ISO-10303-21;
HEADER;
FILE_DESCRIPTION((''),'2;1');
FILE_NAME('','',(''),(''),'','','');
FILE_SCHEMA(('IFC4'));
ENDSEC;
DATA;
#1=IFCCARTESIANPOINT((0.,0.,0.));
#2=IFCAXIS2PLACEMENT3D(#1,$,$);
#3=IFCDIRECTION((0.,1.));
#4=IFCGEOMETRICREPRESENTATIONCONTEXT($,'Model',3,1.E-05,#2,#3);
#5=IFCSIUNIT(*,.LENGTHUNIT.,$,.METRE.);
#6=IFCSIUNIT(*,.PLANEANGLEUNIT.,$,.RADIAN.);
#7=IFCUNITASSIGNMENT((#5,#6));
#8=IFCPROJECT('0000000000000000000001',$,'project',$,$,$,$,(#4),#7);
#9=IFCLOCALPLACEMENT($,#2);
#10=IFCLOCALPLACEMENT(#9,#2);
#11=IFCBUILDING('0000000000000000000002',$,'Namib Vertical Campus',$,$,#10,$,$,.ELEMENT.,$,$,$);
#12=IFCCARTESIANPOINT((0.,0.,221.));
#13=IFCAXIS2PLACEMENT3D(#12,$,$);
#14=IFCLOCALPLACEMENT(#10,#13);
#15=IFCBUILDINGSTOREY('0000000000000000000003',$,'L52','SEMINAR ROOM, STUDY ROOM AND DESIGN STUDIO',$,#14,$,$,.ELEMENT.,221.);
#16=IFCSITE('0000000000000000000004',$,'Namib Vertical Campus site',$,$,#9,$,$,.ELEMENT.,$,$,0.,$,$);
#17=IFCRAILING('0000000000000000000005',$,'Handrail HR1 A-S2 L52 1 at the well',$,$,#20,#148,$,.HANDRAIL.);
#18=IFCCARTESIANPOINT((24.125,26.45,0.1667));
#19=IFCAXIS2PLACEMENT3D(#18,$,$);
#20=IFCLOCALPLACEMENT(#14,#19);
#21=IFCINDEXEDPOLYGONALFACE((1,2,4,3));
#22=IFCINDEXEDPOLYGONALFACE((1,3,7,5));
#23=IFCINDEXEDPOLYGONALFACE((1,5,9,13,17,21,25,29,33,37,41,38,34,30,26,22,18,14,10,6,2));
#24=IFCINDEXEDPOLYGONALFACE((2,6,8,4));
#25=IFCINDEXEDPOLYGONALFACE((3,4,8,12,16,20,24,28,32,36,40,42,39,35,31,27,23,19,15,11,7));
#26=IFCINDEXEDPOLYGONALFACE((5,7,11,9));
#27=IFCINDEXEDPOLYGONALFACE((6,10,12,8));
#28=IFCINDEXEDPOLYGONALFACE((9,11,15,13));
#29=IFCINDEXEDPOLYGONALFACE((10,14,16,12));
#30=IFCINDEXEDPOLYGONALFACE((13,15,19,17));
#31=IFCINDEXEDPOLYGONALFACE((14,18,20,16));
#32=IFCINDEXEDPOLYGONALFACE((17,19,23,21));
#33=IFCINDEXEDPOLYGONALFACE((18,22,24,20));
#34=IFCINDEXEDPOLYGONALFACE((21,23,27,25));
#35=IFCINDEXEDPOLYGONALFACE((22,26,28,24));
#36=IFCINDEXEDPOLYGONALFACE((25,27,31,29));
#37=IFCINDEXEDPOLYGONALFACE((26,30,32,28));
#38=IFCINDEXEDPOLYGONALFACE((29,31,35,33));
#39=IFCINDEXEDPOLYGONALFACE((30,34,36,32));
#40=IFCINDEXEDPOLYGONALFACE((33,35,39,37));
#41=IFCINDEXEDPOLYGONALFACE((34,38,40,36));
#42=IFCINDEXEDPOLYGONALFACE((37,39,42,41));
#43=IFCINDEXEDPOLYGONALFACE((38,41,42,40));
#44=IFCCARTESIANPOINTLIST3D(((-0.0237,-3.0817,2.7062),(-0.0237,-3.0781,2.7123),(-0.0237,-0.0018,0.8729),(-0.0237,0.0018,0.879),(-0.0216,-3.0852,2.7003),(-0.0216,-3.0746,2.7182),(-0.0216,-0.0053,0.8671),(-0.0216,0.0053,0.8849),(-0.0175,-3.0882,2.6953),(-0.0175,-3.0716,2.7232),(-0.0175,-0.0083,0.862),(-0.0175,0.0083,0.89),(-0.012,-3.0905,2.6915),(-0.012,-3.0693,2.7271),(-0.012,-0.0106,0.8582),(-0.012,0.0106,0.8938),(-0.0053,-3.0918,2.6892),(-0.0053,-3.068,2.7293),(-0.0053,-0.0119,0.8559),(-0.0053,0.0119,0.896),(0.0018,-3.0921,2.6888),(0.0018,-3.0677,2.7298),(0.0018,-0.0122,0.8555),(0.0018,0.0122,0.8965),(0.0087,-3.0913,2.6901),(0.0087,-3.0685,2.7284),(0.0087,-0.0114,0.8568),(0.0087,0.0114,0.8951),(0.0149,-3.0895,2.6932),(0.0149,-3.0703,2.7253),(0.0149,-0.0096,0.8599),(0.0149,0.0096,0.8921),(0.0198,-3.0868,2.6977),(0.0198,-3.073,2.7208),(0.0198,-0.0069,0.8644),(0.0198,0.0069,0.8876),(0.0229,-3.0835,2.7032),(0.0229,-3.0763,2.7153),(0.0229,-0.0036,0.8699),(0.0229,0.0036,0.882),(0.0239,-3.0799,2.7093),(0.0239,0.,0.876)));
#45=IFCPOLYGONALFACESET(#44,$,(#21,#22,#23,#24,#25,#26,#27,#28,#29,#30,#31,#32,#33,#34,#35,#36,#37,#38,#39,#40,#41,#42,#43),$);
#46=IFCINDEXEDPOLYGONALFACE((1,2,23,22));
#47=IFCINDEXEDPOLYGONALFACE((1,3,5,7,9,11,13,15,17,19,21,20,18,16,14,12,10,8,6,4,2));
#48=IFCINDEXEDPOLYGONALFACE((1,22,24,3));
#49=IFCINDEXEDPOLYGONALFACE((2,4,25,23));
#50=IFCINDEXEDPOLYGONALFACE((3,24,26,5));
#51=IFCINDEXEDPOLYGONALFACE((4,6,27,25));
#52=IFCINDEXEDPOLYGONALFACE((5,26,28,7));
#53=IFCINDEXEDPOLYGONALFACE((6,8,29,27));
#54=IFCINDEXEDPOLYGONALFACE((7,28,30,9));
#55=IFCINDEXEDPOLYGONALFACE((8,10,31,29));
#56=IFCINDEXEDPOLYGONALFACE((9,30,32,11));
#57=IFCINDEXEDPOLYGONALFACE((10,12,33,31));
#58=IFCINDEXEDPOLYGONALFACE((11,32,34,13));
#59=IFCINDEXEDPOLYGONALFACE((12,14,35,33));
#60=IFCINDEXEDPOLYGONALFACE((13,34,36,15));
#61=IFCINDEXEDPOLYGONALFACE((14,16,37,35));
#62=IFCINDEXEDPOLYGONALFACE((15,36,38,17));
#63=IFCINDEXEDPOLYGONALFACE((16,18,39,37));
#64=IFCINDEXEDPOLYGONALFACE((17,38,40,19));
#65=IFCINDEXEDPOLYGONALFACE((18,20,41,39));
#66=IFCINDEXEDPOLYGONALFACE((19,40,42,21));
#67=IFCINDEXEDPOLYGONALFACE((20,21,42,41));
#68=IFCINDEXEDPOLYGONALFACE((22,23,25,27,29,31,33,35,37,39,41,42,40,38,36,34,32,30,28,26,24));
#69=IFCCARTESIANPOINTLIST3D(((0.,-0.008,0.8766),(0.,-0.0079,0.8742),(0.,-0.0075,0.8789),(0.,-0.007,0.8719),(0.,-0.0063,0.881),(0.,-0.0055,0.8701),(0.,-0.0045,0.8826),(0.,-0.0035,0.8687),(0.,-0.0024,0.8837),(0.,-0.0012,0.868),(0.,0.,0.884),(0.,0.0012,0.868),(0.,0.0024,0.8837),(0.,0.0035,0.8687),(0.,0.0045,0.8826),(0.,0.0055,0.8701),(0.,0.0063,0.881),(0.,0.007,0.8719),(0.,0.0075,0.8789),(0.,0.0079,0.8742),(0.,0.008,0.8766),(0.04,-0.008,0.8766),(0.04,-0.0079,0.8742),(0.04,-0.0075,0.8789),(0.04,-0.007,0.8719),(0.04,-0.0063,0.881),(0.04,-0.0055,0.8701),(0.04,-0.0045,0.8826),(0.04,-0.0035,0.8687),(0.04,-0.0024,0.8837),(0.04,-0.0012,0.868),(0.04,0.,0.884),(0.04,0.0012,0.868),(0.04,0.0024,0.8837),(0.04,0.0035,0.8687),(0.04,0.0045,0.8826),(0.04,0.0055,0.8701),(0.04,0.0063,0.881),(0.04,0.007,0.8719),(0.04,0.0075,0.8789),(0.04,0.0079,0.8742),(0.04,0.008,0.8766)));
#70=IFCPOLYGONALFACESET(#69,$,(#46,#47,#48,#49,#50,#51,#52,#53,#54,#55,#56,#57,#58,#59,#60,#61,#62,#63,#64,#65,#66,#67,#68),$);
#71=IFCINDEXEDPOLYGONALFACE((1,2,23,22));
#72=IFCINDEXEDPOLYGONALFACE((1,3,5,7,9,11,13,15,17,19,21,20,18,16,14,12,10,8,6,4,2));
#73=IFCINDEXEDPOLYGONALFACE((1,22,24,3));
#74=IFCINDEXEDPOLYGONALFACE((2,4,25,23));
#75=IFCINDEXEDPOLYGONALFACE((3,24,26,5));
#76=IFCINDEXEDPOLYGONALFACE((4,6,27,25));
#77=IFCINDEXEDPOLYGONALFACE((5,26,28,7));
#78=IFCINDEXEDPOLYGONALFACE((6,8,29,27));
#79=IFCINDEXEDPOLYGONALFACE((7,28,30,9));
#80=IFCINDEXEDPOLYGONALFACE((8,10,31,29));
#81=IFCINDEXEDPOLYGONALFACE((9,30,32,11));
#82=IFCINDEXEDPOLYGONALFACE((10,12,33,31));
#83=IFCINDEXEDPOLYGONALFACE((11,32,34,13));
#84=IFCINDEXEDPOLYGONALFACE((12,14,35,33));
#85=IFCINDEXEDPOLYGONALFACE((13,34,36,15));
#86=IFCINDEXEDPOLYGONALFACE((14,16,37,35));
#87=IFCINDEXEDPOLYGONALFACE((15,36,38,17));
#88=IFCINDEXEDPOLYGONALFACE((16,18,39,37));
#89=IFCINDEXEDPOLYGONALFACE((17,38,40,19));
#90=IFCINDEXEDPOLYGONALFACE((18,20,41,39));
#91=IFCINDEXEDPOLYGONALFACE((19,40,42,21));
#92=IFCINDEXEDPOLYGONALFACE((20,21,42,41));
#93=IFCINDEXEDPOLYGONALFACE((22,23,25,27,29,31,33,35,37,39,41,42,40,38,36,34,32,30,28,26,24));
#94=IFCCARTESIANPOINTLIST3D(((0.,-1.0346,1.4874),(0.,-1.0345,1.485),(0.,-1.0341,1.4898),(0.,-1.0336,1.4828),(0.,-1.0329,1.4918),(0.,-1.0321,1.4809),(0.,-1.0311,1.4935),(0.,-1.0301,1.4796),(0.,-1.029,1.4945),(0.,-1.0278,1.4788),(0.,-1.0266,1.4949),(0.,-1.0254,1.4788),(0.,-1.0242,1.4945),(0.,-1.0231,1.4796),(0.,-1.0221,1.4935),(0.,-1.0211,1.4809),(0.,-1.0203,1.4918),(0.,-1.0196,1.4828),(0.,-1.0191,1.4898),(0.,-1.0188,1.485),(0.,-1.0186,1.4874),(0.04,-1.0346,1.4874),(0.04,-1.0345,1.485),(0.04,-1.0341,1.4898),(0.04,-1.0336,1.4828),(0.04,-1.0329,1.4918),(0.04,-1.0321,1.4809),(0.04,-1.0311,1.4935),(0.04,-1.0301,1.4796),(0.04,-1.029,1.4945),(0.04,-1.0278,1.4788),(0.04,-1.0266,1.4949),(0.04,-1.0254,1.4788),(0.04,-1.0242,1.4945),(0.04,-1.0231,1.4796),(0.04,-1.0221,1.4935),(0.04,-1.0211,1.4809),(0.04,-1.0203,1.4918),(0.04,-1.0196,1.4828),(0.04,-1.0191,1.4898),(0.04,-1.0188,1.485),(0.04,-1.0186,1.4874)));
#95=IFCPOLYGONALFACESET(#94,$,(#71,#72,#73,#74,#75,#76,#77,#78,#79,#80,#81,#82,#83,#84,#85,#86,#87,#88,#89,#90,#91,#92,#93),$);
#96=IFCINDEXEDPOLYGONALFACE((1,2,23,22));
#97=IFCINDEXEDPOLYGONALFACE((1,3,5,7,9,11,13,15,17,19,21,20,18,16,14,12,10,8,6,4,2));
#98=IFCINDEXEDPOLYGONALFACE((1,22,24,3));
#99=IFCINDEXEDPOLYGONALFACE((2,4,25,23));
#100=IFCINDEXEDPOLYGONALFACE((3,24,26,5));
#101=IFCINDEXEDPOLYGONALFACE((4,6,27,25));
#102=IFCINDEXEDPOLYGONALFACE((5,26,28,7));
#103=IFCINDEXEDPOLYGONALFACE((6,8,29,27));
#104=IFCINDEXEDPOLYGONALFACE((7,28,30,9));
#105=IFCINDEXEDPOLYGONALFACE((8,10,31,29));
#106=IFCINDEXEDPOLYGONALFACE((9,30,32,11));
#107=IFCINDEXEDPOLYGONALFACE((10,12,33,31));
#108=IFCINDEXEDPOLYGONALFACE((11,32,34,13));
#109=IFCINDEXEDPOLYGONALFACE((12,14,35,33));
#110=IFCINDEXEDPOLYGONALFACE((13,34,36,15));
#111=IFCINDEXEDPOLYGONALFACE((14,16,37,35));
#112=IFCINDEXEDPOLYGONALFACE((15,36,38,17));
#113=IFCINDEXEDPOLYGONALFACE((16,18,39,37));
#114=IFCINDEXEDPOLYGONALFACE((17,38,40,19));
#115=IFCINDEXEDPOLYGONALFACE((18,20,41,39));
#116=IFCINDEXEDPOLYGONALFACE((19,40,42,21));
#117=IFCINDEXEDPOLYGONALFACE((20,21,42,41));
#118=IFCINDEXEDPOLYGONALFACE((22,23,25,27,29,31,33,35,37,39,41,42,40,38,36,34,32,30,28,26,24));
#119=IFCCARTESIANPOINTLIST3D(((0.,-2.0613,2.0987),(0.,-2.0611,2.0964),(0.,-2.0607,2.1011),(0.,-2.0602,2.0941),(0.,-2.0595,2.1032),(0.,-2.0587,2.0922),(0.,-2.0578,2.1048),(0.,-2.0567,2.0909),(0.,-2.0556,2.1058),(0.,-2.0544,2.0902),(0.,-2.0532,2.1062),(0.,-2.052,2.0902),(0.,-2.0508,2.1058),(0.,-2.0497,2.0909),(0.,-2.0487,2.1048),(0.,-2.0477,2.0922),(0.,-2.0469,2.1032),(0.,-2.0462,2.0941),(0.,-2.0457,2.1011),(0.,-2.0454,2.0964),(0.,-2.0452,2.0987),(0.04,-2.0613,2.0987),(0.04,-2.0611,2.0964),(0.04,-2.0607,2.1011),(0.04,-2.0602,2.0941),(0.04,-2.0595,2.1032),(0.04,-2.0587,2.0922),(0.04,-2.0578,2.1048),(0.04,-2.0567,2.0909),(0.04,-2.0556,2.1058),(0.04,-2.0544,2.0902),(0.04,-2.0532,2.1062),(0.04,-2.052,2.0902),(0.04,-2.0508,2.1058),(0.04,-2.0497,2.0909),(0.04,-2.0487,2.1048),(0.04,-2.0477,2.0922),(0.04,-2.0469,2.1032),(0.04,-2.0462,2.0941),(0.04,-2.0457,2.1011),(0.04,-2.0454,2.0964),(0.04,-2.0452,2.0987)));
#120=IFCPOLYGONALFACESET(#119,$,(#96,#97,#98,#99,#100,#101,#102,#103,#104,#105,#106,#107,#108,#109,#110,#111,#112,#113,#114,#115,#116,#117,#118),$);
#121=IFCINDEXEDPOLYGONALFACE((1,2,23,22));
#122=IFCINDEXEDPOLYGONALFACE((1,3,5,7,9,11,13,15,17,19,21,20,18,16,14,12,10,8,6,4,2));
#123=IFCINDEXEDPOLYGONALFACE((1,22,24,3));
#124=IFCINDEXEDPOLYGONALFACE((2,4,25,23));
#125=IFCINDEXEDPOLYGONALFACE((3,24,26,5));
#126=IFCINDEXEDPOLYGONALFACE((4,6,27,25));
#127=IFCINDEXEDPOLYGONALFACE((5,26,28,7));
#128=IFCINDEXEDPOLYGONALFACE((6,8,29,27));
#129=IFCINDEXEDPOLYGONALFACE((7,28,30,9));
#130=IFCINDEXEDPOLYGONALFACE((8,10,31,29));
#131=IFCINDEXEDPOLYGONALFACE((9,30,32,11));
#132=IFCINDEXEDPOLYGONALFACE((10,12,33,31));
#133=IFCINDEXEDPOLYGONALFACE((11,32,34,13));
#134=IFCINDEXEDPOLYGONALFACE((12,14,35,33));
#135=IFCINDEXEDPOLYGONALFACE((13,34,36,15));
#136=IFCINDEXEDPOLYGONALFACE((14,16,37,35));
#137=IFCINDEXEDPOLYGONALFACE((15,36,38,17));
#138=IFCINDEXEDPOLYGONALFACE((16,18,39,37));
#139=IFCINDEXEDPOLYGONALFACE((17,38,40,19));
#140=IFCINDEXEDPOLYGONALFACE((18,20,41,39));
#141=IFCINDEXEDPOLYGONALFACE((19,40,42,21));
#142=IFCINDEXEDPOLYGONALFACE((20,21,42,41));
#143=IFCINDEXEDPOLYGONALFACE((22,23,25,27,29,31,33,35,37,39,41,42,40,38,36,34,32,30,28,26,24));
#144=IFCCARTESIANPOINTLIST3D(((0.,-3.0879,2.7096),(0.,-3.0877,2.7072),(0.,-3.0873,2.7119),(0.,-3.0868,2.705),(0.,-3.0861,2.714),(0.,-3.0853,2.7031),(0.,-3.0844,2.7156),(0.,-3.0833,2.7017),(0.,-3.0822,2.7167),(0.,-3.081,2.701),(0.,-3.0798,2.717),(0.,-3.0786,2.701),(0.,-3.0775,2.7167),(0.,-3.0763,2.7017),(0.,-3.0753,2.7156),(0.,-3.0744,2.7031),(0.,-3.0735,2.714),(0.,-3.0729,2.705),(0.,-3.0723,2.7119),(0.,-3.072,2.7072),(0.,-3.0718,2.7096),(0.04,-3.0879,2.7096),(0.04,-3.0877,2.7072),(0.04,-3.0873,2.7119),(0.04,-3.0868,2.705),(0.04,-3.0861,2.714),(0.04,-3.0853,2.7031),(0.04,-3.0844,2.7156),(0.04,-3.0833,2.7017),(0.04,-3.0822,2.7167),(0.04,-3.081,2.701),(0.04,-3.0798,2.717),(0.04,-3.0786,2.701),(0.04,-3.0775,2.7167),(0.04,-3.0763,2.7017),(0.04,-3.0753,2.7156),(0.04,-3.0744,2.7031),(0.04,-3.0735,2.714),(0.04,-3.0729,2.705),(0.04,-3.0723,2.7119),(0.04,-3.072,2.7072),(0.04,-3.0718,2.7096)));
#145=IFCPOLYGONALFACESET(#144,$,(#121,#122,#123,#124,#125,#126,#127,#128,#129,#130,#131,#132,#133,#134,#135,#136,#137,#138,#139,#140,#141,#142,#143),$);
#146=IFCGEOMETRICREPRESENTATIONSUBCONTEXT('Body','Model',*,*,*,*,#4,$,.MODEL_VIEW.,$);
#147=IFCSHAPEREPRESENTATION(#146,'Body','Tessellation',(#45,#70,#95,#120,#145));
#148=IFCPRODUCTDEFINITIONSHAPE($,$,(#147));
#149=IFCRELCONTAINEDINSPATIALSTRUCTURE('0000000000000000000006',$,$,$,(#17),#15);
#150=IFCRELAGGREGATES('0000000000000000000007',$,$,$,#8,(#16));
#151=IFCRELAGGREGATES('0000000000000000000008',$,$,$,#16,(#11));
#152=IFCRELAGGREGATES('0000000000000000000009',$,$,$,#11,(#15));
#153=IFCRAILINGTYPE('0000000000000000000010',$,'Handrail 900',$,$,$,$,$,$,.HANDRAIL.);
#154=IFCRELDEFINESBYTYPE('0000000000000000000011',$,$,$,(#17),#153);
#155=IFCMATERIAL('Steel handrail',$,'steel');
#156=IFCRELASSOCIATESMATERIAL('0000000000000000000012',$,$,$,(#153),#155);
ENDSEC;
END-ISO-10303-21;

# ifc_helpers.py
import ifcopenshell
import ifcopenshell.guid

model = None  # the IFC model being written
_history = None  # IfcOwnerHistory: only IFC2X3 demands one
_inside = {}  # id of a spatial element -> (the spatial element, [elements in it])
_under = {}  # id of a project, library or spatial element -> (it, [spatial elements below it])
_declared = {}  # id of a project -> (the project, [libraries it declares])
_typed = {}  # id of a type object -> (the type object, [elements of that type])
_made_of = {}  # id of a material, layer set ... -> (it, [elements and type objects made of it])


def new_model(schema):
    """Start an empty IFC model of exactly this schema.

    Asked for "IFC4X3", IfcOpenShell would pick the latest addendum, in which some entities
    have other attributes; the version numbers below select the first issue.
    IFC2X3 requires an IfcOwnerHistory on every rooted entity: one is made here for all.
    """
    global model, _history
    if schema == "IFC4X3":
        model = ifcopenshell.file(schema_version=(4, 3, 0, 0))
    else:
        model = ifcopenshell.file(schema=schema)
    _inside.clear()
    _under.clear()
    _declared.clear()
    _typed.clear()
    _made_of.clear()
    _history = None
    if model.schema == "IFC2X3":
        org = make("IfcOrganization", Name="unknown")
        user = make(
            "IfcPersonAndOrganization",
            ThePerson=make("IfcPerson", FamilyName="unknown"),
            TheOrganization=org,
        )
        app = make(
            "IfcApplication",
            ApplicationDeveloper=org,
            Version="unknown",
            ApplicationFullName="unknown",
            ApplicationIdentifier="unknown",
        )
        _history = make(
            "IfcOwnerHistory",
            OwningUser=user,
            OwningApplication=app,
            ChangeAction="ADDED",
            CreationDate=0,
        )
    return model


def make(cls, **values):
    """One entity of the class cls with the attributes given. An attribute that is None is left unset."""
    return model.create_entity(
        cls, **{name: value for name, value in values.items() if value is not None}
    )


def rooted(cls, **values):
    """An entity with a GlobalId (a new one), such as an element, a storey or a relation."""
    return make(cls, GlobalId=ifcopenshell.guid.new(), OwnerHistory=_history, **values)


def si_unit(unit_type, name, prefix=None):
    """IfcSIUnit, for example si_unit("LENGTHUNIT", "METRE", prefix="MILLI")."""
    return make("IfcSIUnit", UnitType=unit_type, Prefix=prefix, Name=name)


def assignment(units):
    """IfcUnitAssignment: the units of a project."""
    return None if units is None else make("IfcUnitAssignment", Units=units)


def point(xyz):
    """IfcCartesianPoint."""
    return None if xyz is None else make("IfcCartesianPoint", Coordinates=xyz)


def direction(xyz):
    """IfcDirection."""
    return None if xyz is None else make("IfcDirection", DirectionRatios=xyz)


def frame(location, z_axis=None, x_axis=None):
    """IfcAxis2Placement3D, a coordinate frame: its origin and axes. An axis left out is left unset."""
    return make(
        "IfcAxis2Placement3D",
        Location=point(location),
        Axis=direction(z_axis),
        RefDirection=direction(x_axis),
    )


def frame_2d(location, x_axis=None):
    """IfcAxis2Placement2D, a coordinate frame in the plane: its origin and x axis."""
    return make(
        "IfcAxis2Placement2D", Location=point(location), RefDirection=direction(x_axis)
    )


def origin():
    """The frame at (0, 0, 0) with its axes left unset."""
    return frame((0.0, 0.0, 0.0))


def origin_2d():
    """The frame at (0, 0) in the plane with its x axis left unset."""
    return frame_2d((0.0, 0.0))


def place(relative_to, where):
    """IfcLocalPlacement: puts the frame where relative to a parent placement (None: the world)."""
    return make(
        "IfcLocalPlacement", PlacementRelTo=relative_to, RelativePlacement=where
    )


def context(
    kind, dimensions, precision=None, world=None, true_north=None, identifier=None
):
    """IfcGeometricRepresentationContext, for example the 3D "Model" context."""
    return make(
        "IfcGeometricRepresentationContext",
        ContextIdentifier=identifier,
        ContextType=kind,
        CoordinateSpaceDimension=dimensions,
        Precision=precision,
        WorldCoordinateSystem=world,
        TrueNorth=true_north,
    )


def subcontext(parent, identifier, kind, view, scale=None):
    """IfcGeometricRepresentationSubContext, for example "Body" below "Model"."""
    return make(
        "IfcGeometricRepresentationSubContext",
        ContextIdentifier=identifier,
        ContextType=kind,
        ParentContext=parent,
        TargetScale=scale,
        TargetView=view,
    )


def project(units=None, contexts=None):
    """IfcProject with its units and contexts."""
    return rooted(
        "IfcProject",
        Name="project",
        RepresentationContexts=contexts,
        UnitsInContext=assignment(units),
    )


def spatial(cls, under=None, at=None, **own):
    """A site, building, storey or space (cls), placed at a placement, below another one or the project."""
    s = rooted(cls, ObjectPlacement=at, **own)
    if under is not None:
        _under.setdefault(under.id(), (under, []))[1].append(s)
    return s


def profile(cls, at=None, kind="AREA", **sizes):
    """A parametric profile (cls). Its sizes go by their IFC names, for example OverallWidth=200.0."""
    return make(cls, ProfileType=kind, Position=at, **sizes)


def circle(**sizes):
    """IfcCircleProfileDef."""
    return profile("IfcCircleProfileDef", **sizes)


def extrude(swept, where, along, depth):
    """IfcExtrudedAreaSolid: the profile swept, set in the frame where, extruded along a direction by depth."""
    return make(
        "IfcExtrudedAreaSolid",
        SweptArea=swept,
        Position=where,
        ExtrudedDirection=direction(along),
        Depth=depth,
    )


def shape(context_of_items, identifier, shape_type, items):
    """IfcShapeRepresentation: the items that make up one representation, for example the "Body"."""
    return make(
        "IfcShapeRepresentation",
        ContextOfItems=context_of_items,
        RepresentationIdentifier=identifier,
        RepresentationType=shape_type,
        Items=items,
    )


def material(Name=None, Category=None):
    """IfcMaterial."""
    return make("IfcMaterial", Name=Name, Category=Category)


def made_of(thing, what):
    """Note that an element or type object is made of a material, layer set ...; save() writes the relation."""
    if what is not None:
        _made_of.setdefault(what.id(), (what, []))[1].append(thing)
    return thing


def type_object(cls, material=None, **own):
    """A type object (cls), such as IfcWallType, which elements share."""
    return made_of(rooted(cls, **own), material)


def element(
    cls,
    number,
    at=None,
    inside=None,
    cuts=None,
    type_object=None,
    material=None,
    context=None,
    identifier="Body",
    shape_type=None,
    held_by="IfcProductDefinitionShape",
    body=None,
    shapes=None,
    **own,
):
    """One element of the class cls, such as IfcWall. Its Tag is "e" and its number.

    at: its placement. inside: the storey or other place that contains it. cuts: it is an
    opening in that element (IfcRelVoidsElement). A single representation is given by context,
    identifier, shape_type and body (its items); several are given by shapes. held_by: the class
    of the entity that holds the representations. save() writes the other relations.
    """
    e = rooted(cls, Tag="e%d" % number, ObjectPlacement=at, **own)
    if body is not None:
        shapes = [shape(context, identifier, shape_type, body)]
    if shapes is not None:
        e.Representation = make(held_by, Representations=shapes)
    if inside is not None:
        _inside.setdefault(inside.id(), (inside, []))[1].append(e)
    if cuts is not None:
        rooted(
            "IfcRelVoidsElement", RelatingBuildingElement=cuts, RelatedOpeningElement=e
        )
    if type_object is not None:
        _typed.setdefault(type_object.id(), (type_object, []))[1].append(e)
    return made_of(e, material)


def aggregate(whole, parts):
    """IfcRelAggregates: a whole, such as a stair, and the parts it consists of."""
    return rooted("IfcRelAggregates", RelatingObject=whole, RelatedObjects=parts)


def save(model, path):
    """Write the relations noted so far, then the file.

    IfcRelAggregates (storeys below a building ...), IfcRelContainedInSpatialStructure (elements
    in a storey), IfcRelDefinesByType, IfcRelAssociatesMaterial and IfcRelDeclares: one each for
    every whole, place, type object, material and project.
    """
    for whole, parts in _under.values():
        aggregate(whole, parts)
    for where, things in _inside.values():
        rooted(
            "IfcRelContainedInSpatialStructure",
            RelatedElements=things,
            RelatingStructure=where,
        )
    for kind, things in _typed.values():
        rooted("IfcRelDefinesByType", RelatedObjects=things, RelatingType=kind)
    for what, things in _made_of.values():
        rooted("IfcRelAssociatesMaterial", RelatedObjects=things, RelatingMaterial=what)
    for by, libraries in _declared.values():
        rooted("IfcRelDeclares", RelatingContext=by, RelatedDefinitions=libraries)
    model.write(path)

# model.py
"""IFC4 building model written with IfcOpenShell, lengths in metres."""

from ifc_helpers import new_model, si_unit, direction, frame, origin, origin_2d, place, context, subcontext, project, spatial, circle, extrude, material, type_object, element, save


model = new_model("IFC4")

# Units and contexts
model_context = context("Model", 3, precision=1e-05, world=origin(), true_north=direction((0.0, 1.0)))
body_context = subcontext(model_context, "Body", "Model", "MODEL_VIEW")
ifc_project = project(units=[si_unit("LENGTHUNIT", "METRE"), si_unit("PLANEANGLEUNIT", "RADIAN")], contexts=[model_context])

# Site, building, storey
site_placement = place(None, origin())
site = spatial("IfcSite", under=ifc_project, at=site_placement, Name="Namib Vertical Campus site", CompositionType="ELEMENT", RefElevation=0.0)
building_placement = place(site_placement, origin())
building = spatial("IfcBuilding", under=site, at=building_placement, Name="Namib Vertical Campus", CompositionType="ELEMENT")
storey_placement = place(building_placement, frame((0.0, 0.0, 221.0)))
storey = spatial("IfcBuildingStorey", under=building, at=storey_placement, Name="L52", Description="SEMINAR ROOM, STUDY ROOM AND DESIGN STUDIO", CompositionType="ELEMENT", Elevation=221.0)

# Railing
ifc_material_1 = material(Name="Steel handrail", Category="steel")
railing_type_1 = type_object("IfcRailingType", Name="Handrail 900", PredefinedType="HANDRAIL", material=ifc_material_1)
railing_1_placement = place(storey_placement, frame((24.125, 26.45, 0.1667)))
element("IfcRailing", 1, at=railing_1_placement, inside=storey, type_object=railing_type_1, Name="Handrail HR1 A-S2 L52 1 at the well", PredefinedType="HANDRAIL", context=body_context, shape_type="SweptSolid", body=[
    extrude(circle(Radius=0.0239, at=origin_2d()), frame((0.0, 0.0, 0.876), z_axis=(0.0, -0.859291, 0.511487), x_axis=(1.0, 0.0, 0.0)), (0.0, 0.0, 1.0), 3.5842),
    extrude(circle(Radius=0.0081, at=origin_2d()), frame((0.0, 0.0, 0.876), z_axis=(1.0, 0.0, 0.0), x_axis=(0.0, 0.0, 1.0)), (0.0, 0.0, 1.0), 0.04),
    extrude(circle(Radius=0.0081, at=origin_2d()), frame((0.0, -1.0266, 1.4868), z_axis=(1.0, 0.0, 0.0), x_axis=(0.0, 0.0, 1.0)), (0.0, 0.0, 1.0), 0.04),
    extrude(circle(Radius=0.0081, at=origin_2d()), frame((0.0, -2.0532, 2.0981), z_axis=(1.0, 0.0, 0.0), x_axis=(0.0, 0.0, 1.0)), (0.0, 0.0, 1.0), 0.04),
    extrude(circle(Radius=0.0081, at=origin_2d()), frame((0.0, -3.0798, 2.709), z_axis=(1.0, 0.0, 0.0), x_axis=(0.0, 0.0, 1.0)), (0.0, 0.0, 1.0), 0.04),
])

save(model, "model.ifc")
